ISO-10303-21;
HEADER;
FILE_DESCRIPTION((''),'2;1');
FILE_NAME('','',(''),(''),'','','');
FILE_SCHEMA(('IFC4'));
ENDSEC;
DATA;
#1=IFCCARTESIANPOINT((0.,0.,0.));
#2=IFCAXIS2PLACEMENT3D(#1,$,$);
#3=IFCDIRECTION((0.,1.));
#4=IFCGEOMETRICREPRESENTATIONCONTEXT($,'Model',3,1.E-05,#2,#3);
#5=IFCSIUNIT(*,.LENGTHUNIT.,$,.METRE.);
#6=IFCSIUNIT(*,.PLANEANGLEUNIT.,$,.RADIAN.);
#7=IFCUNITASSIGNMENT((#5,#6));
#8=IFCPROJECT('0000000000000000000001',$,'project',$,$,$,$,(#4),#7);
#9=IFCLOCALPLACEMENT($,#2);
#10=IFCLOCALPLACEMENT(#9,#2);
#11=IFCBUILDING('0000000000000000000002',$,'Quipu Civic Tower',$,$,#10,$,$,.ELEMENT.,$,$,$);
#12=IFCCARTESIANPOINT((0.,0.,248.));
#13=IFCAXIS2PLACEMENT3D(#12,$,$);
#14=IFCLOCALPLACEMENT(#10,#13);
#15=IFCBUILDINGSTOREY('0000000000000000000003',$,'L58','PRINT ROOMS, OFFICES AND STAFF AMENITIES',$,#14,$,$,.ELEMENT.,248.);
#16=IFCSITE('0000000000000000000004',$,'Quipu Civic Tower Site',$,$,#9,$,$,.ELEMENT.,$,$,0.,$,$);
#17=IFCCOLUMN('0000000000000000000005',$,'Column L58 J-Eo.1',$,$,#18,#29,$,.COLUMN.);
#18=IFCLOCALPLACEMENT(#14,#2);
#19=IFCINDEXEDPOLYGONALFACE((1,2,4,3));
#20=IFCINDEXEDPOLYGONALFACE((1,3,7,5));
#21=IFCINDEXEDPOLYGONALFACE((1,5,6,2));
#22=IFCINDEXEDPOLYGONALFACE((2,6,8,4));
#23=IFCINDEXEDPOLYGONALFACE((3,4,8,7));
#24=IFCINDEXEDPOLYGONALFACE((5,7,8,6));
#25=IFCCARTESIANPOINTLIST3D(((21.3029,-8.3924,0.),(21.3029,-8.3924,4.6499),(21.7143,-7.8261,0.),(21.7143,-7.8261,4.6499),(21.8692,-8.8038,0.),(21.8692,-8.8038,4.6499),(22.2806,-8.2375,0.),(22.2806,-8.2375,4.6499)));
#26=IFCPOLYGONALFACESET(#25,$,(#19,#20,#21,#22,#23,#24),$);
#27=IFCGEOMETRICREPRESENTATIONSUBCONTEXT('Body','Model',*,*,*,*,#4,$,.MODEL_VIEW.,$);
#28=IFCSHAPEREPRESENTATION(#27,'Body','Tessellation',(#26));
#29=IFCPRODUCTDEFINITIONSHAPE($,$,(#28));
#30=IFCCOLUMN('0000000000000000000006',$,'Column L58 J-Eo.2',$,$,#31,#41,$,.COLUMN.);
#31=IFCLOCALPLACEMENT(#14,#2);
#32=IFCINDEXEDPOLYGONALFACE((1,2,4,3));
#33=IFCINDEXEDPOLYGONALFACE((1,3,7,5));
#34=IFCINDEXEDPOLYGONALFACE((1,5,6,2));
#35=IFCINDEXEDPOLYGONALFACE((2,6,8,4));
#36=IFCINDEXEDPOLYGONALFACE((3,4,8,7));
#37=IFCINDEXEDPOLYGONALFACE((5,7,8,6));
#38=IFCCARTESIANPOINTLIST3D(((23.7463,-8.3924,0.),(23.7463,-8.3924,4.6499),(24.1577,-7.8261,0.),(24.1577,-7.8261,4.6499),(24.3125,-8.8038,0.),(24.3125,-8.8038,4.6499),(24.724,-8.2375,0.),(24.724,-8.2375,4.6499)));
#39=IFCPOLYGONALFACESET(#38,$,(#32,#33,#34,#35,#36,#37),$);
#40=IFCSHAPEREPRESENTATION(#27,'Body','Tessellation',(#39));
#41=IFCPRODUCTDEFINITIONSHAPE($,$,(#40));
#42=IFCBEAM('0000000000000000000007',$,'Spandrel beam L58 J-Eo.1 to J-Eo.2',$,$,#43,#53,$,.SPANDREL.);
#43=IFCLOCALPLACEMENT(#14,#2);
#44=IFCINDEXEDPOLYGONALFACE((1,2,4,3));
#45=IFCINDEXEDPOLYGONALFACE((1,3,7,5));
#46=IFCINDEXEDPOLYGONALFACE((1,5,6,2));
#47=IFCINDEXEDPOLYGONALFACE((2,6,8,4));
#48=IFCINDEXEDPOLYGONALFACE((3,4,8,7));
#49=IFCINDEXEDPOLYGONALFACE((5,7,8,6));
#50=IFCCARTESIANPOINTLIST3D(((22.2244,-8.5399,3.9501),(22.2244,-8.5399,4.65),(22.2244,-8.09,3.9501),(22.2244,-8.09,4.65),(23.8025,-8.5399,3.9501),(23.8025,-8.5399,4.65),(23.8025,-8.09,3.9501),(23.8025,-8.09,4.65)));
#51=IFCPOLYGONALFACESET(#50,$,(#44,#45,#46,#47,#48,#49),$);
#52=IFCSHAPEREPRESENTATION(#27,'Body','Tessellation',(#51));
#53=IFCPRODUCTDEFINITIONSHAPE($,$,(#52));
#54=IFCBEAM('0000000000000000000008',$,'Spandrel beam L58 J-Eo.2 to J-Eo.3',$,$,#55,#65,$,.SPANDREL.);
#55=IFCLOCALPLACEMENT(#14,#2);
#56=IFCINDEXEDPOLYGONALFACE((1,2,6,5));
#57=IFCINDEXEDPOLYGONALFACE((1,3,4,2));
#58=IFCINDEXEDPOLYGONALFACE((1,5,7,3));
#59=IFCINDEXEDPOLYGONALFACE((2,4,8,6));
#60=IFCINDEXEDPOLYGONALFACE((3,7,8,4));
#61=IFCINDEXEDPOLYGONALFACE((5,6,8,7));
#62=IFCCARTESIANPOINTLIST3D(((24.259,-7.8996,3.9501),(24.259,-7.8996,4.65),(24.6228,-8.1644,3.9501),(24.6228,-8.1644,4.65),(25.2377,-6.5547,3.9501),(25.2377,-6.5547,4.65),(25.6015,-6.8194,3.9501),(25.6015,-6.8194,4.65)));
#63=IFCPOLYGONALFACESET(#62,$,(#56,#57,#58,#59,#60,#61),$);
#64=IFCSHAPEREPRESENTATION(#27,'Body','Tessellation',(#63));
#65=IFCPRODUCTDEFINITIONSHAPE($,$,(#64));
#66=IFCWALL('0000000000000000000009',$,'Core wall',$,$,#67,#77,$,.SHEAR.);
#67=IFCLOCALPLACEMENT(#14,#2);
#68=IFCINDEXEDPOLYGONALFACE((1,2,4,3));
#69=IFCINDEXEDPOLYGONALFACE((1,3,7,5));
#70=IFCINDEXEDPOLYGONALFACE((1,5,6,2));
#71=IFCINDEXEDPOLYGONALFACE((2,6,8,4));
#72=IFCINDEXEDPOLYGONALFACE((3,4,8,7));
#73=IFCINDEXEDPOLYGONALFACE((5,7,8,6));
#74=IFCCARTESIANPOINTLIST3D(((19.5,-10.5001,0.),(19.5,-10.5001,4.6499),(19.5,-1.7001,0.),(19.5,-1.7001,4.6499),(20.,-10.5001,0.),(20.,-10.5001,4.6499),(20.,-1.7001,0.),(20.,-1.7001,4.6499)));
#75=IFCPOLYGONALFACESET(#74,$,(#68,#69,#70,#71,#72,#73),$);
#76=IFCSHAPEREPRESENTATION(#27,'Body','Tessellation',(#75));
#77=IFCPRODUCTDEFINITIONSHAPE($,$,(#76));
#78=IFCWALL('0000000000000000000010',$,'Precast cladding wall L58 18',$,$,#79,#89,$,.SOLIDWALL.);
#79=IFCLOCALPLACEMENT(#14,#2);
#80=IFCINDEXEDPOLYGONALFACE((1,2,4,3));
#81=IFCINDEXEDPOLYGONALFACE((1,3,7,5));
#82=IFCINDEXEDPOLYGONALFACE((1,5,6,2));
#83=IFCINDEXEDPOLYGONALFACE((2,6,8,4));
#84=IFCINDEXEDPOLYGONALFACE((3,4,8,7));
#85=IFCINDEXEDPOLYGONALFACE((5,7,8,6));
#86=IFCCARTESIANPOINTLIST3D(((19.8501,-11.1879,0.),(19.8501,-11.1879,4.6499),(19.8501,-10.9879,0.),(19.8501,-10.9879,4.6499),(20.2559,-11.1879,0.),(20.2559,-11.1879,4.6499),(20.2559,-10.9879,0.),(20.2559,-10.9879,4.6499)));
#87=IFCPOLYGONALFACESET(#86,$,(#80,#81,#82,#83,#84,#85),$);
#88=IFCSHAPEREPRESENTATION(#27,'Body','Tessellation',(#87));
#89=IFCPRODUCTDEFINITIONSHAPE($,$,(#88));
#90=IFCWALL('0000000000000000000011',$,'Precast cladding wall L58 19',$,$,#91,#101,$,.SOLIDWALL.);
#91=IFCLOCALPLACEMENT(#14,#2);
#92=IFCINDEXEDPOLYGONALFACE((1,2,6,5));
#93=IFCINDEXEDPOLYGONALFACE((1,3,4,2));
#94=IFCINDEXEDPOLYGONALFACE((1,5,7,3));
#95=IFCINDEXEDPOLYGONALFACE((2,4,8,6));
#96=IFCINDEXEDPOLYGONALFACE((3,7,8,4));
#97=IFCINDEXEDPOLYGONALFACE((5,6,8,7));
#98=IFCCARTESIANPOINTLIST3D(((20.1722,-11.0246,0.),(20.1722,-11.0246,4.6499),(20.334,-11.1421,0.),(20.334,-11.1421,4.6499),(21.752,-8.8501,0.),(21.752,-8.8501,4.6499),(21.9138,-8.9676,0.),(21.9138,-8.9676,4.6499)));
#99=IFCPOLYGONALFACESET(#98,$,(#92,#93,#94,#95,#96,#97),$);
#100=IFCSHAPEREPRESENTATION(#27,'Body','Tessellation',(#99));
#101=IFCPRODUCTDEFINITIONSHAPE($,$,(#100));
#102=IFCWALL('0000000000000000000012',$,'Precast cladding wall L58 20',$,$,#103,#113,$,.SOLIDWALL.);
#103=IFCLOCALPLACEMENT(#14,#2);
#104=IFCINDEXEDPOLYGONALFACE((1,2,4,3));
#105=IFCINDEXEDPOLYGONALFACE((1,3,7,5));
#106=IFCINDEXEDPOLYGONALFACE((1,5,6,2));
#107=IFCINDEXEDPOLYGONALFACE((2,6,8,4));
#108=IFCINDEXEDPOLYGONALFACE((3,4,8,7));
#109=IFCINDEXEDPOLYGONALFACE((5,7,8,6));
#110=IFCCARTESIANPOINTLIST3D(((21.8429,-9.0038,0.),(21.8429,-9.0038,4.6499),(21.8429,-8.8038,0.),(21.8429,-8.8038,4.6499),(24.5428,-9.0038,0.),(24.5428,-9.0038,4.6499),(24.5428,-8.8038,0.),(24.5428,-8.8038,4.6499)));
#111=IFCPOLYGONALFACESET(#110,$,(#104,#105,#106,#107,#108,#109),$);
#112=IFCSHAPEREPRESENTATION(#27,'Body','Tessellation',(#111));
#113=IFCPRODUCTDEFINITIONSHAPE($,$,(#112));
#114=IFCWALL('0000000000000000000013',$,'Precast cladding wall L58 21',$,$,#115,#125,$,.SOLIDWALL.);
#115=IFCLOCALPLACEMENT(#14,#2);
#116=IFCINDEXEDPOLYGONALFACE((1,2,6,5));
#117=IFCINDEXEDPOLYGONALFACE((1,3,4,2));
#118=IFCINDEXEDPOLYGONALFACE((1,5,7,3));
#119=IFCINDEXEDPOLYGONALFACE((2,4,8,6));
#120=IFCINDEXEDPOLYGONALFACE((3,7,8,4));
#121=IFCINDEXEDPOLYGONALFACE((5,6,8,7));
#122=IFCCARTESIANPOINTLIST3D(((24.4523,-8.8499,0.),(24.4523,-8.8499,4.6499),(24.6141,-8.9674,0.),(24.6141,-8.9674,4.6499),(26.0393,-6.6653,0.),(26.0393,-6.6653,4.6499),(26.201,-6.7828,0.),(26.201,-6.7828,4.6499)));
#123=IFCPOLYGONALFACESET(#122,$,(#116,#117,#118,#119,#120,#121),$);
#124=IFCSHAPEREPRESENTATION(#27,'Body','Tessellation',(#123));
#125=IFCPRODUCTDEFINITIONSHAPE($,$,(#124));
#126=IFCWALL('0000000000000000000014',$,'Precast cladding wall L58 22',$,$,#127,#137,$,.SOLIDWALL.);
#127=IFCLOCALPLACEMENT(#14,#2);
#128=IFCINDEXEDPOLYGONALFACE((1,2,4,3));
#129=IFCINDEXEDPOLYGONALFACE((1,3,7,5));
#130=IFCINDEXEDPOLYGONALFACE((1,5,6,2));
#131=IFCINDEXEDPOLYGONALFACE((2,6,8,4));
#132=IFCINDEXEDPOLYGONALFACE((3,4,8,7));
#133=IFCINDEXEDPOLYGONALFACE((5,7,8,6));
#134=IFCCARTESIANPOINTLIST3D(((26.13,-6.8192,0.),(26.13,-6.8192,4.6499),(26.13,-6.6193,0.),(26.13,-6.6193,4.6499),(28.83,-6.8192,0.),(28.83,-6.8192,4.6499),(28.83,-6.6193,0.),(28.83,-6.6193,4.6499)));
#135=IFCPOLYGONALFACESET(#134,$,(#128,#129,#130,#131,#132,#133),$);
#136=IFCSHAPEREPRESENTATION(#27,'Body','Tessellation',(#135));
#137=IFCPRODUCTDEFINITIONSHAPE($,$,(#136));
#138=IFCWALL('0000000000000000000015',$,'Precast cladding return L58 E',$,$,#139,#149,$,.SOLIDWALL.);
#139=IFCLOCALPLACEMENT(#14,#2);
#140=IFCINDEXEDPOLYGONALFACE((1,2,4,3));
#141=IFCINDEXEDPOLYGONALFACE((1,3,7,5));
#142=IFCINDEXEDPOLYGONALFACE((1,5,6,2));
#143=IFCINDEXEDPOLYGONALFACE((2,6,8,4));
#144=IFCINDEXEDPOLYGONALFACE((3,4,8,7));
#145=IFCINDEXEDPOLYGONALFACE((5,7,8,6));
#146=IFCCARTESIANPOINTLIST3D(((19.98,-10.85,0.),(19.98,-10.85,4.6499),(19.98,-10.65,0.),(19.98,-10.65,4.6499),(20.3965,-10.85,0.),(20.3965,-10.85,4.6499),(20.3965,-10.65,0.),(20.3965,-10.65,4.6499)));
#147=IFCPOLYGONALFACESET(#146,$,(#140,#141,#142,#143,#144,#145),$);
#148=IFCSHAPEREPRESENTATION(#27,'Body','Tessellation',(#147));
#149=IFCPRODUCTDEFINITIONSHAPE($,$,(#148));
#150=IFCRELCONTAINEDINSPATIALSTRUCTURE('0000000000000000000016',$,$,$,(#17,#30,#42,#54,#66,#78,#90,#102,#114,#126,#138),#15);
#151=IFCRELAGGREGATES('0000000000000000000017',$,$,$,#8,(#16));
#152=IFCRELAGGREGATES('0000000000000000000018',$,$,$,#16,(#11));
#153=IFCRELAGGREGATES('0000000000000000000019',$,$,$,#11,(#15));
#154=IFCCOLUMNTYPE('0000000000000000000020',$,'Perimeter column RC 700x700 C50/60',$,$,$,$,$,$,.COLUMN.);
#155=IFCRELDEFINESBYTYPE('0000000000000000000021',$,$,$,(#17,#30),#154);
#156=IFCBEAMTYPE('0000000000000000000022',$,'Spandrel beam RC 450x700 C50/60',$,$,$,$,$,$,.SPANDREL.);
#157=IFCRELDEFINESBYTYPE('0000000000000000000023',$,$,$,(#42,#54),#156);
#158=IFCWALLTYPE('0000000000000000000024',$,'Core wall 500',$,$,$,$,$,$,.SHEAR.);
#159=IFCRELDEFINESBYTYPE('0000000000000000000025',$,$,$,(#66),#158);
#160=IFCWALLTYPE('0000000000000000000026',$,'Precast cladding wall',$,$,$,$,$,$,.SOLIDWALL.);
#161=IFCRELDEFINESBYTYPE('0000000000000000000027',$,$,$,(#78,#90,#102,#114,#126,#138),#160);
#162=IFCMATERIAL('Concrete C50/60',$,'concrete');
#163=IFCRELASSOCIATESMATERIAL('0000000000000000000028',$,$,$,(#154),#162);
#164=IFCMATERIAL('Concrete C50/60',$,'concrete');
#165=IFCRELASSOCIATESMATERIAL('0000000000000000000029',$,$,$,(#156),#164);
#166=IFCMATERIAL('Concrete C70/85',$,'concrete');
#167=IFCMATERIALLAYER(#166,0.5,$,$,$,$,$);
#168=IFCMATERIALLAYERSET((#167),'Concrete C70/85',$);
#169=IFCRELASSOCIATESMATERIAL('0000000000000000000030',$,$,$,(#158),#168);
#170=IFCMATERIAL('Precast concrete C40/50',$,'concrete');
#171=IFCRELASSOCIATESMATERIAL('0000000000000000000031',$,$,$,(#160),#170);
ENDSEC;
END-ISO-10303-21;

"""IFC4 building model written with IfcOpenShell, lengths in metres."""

from ifc_helpers import new_model, si_unit, direction, frame, frame_2d, origin, origin_2d, place, context, subcontext, project, spatial, rectangle, extrude, material, layer, layer_set, material_profile, profile_set, type_object, element, save


model = new_model("IFC4")

# Units and contexts
model_context = context("Model", 3, precision=1e-05, world=origin(), true_north=direction((0.0, 1.0)))
body_context = subcontext(model_context, "Body", "Model", "MODEL_VIEW")
ifc_project = project(units=[si_unit("LENGTHUNIT", "METRE"), si_unit("PLANEANGLEUNIT", "RADIAN")], contexts=[model_context])

# Site, building, storey
site_placement = place(None, origin())
site = spatial("IfcSite", under=ifc_project, at=site_placement, Name="Quipu Civic Tower Site", CompositionType="ELEMENT", RefElevation=0.0)
building_placement = place(site_placement, origin())
building = spatial("IfcBuilding", under=site, at=building_placement, Name="Quipu Civic Tower", CompositionType="ELEMENT")
storey_placement = place(building_placement, frame((0.0, 0.0, 248.0)))
storey = spatial("IfcBuildingStorey", under=building, at=storey_placement, Name="L58", Description="PRINT ROOMS, OFFICES AND STAFF AMENITIES", CompositionType="ELEMENT", Elevation=248.0)

# Columns
ifc_material_1 = material(Name="Concrete C50/60", Category="concrete")
ifc_material_profile_1 = material_profile(ifc_material_1, rectangle(XDim=0.7, YDim=0.7, at=origin_2d()), Name="RC700x700")
ifc_profile_set_1 = profile_set([ifc_material_profile_1], Name="Concrete C50/60")
column_type = type_object("IfcColumnType", Name="Perimeter column RC 700x700 C50/60", PredefinedType="COLUMN", material=ifc_profile_set_1)
for number, where, z_axis, x_axis, name in (
    (1, (21.7917, -8.3149, 0.0), (0.0, 0.0, 1.0), (0.587785, 0.809017, 0.0), "Column L58 J-Eo.1"),
    (2, (24.2351, -8.3149, 0.0), (0.0, 0.0, 1.0), (0.587785, 0.809017, 0.0), "Column L58 J-Eo.2"),
):
    element("IfcColumn", number, at=place(storey_placement, frame(where, z_axis=z_axis, x_axis=x_axis)), inside=storey, type_object=column_type, Name=name, PredefinedType="COLUMN", context=body_context, shape_type="SweptSolid", body=[
        extrude(rectangle(XDim=0.7, YDim=0.7, at=origin_2d()), origin(), (0.0, 0.0, 1.0), 4.6499),
    ])

# Beams
ifc_material_2 = material(Name="Concrete C50/60", Category="concrete")
ifc_material_profile_2 = material_profile(ifc_material_2, rectangle(XDim=0.45, YDim=0.7, at=origin_2d()), Name="RC450x700")
ifc_profile_set_2 = profile_set([ifc_material_profile_2], Name="Concrete C50/60")
beam_type = type_object("IfcBeamType", Name="Spandrel beam RC 450x700 C50/60", PredefinedType="SPANDREL", material=ifc_profile_set_2)
beam_1_placement = place(storey_placement, frame((22.2244, -8.3149, 4.3), z_axis=(1.0, 0.0, 0.0), x_axis=(0.0, 1.0, 0.0)))
element("IfcBeam", 3, at=beam_1_placement, inside=storey, type_object=beam_type, Name="Spandrel beam L58 J-Eo.1 to J-Eo.2", PredefinedType="SPANDREL", context=body_context, shape_type="SweptSolid", body=[
    extrude(rectangle(XDim=0.45, YDim=0.7, at=origin_2d()), origin(), (0.0, 0.0, 1.0), 1.5781),
])
beam_2_placement = place(storey_placement, frame((24.4409, -8.032, 4.3), z_axis=(0.588407, 0.808565, 0.0), x_axis=(-0.808565, 0.588407, 0.0)))
element("IfcBeam", 4, at=beam_2_placement, inside=storey, type_object=beam_type, Name="Spandrel beam L58 J-Eo.2 to J-Eo.3", PredefinedType="SPANDREL", context=body_context, shape_type="SweptSolid", body=[
    extrude(rectangle(XDim=0.45, YDim=0.7, at=origin_2d()), origin(), (0.0, 0.0, 1.0), 1.6633),
])

# Walls
ifc_material_3 = material(Name="Concrete C70/85", Category="concrete")
ifc_layer = layer(ifc_material_3, 0.5)
ifc_layer_set = layer_set([ifc_layer], Name="Concrete C70/85")
wall_type_1 = type_object("IfcWallType", Name="Core wall 500", PredefinedType="SHEAR", material=ifc_layer_set)
wall_1_placement = place(storey_placement, frame((19.75, -10.5, 0.0), z_axis=(0.0, 0.0, 1.0), x_axis=(0.0, 1.0, 0.0)))
element("IfcWall", 5, at=wall_1_placement, inside=storey, type_object=wall_type_1, Name="Core wall", PredefinedType="SHEAR", context=body_context, shape_type="SweptSolid", body=[
    extrude(rectangle(XDim=8.8, YDim=0.5, at=frame_2d((4.3999, 0.0))), origin(), (0.0, 0.0, 1.0), 4.6499),
])
ifc_material_4 = material(Name="Precast concrete C40/50", Category="concrete")
wall_type_2 = type_object("IfcWallType", Name="Precast cladding wall", PredefinedType="SOLIDWALL", material=ifc_material_4)
wall_2_placement = place(storey_placement, frame((19.8501, -11.0879, 0.0), z_axis=(0.0, 0.0, 1.0), x_axis=(1.0, 0.0, 0.0)))
element("IfcWall", 6, at=wall_2_placement, inside=storey, type_object=wall_type_2, Name="Precast cladding wall L58 18", PredefinedType="SOLIDWALL", context=body_context, shape_type="SweptSolid", body=[
    extrude(rectangle(XDim=0.4058, YDim=0.2, at=frame_2d((0.2029, 0.0))), origin(), (0.0, 0.0, 1.0), 4.6499),
])
wall_3_placement = place(storey_placement, frame((20.2532, -11.0833, 0.0), z_axis=(0.0, 0.0, 1.0), x_axis=(0.587767, 0.809031, 0.0)))
element("IfcWall", 7, at=wall_3_placement, inside=storey, type_object=wall_type_2, Name="Precast cladding wall L58 19", PredefinedType="SOLIDWALL", context=body_context, shape_type="SweptSolid", body=[
    extrude(rectangle(XDim=2.6877, YDim=0.2, at=frame_2d((1.3438, 0.0))), origin(), (0.0, 0.0, 1.0), 4.6499),
])
wall_4_placement = place(storey_placement, frame((21.8428, -8.9038, 0.0), z_axis=(0.0, 0.0, 1.0), x_axis=(1.0, 0.0, 0.0)))
element("IfcWall", 8, at=wall_4_placement, inside=storey, type_object=wall_type_2, Name="Precast cladding wall L58 20", PredefinedType="SOLIDWALL", context=body_context, shape_type="SweptSolid", body=[
    extrude(rectangle(XDim=2.7, YDim=0.2, at=frame_2d((1.3501, 0.0))), origin(), (0.0, 0.0, 1.0), 4.6499),
])
wall_5_placement = place(storey_placement, frame((24.5332, -8.9087, 0.0), z_axis=(0.0, 0.0, 1.0), x_axis=(0.58772, 0.809064, 0.0)))
element("IfcWall", 9, at=wall_5_placement, inside=storey, type_object=wall_type_2, Name="Precast cladding wall L58 21", PredefinedType="SOLIDWALL", context=body_context, shape_type="SweptSolid", body=[
    extrude(rectangle(XDim=2.7002, YDim=0.2, at=frame_2d((1.3501, 0.0))), origin(), (0.0, 0.0, 1.0), 4.6499),
])
wall_6_placement = place(storey_placement, frame((26.1299, -6.7192, 0.0), z_axis=(0.0, 0.0, 1.0), x_axis=(1.0, 0.0, 0.0)))
element("IfcWall", 10, at=wall_6_placement, inside=storey, type_object=wall_type_2, Name="Precast cladding wall L58 22", PredefinedType="SOLIDWALL", context=body_context, shape_type="SweptSolid", body=[
    extrude(rectangle(XDim=2.7, YDim=0.2, at=frame_2d((1.3501, 0.0))), origin(), (0.0, 0.0, 1.0), 4.6499),
])
wall_7_placement = place(storey_placement, frame((19.98, -10.75, 0.0), z_axis=(0.0, 0.0, 1.0), x_axis=(1.0, 0.0, 0.0)))
element("IfcWall", 11, at=wall_7_placement, inside=storey, type_object=wall_type_2, Name="Precast cladding return L58 E", PredefinedType="SOLIDWALL", context=body_context, shape_type="SweptSolid", body=[
    extrude(rectangle(XDim=0.4165, YDim=0.2, at=frame_2d((0.2083, 0.0))), origin(), (0.0, 0.0, 1.0), 4.6499),
])

save(model, "model.ifc")
